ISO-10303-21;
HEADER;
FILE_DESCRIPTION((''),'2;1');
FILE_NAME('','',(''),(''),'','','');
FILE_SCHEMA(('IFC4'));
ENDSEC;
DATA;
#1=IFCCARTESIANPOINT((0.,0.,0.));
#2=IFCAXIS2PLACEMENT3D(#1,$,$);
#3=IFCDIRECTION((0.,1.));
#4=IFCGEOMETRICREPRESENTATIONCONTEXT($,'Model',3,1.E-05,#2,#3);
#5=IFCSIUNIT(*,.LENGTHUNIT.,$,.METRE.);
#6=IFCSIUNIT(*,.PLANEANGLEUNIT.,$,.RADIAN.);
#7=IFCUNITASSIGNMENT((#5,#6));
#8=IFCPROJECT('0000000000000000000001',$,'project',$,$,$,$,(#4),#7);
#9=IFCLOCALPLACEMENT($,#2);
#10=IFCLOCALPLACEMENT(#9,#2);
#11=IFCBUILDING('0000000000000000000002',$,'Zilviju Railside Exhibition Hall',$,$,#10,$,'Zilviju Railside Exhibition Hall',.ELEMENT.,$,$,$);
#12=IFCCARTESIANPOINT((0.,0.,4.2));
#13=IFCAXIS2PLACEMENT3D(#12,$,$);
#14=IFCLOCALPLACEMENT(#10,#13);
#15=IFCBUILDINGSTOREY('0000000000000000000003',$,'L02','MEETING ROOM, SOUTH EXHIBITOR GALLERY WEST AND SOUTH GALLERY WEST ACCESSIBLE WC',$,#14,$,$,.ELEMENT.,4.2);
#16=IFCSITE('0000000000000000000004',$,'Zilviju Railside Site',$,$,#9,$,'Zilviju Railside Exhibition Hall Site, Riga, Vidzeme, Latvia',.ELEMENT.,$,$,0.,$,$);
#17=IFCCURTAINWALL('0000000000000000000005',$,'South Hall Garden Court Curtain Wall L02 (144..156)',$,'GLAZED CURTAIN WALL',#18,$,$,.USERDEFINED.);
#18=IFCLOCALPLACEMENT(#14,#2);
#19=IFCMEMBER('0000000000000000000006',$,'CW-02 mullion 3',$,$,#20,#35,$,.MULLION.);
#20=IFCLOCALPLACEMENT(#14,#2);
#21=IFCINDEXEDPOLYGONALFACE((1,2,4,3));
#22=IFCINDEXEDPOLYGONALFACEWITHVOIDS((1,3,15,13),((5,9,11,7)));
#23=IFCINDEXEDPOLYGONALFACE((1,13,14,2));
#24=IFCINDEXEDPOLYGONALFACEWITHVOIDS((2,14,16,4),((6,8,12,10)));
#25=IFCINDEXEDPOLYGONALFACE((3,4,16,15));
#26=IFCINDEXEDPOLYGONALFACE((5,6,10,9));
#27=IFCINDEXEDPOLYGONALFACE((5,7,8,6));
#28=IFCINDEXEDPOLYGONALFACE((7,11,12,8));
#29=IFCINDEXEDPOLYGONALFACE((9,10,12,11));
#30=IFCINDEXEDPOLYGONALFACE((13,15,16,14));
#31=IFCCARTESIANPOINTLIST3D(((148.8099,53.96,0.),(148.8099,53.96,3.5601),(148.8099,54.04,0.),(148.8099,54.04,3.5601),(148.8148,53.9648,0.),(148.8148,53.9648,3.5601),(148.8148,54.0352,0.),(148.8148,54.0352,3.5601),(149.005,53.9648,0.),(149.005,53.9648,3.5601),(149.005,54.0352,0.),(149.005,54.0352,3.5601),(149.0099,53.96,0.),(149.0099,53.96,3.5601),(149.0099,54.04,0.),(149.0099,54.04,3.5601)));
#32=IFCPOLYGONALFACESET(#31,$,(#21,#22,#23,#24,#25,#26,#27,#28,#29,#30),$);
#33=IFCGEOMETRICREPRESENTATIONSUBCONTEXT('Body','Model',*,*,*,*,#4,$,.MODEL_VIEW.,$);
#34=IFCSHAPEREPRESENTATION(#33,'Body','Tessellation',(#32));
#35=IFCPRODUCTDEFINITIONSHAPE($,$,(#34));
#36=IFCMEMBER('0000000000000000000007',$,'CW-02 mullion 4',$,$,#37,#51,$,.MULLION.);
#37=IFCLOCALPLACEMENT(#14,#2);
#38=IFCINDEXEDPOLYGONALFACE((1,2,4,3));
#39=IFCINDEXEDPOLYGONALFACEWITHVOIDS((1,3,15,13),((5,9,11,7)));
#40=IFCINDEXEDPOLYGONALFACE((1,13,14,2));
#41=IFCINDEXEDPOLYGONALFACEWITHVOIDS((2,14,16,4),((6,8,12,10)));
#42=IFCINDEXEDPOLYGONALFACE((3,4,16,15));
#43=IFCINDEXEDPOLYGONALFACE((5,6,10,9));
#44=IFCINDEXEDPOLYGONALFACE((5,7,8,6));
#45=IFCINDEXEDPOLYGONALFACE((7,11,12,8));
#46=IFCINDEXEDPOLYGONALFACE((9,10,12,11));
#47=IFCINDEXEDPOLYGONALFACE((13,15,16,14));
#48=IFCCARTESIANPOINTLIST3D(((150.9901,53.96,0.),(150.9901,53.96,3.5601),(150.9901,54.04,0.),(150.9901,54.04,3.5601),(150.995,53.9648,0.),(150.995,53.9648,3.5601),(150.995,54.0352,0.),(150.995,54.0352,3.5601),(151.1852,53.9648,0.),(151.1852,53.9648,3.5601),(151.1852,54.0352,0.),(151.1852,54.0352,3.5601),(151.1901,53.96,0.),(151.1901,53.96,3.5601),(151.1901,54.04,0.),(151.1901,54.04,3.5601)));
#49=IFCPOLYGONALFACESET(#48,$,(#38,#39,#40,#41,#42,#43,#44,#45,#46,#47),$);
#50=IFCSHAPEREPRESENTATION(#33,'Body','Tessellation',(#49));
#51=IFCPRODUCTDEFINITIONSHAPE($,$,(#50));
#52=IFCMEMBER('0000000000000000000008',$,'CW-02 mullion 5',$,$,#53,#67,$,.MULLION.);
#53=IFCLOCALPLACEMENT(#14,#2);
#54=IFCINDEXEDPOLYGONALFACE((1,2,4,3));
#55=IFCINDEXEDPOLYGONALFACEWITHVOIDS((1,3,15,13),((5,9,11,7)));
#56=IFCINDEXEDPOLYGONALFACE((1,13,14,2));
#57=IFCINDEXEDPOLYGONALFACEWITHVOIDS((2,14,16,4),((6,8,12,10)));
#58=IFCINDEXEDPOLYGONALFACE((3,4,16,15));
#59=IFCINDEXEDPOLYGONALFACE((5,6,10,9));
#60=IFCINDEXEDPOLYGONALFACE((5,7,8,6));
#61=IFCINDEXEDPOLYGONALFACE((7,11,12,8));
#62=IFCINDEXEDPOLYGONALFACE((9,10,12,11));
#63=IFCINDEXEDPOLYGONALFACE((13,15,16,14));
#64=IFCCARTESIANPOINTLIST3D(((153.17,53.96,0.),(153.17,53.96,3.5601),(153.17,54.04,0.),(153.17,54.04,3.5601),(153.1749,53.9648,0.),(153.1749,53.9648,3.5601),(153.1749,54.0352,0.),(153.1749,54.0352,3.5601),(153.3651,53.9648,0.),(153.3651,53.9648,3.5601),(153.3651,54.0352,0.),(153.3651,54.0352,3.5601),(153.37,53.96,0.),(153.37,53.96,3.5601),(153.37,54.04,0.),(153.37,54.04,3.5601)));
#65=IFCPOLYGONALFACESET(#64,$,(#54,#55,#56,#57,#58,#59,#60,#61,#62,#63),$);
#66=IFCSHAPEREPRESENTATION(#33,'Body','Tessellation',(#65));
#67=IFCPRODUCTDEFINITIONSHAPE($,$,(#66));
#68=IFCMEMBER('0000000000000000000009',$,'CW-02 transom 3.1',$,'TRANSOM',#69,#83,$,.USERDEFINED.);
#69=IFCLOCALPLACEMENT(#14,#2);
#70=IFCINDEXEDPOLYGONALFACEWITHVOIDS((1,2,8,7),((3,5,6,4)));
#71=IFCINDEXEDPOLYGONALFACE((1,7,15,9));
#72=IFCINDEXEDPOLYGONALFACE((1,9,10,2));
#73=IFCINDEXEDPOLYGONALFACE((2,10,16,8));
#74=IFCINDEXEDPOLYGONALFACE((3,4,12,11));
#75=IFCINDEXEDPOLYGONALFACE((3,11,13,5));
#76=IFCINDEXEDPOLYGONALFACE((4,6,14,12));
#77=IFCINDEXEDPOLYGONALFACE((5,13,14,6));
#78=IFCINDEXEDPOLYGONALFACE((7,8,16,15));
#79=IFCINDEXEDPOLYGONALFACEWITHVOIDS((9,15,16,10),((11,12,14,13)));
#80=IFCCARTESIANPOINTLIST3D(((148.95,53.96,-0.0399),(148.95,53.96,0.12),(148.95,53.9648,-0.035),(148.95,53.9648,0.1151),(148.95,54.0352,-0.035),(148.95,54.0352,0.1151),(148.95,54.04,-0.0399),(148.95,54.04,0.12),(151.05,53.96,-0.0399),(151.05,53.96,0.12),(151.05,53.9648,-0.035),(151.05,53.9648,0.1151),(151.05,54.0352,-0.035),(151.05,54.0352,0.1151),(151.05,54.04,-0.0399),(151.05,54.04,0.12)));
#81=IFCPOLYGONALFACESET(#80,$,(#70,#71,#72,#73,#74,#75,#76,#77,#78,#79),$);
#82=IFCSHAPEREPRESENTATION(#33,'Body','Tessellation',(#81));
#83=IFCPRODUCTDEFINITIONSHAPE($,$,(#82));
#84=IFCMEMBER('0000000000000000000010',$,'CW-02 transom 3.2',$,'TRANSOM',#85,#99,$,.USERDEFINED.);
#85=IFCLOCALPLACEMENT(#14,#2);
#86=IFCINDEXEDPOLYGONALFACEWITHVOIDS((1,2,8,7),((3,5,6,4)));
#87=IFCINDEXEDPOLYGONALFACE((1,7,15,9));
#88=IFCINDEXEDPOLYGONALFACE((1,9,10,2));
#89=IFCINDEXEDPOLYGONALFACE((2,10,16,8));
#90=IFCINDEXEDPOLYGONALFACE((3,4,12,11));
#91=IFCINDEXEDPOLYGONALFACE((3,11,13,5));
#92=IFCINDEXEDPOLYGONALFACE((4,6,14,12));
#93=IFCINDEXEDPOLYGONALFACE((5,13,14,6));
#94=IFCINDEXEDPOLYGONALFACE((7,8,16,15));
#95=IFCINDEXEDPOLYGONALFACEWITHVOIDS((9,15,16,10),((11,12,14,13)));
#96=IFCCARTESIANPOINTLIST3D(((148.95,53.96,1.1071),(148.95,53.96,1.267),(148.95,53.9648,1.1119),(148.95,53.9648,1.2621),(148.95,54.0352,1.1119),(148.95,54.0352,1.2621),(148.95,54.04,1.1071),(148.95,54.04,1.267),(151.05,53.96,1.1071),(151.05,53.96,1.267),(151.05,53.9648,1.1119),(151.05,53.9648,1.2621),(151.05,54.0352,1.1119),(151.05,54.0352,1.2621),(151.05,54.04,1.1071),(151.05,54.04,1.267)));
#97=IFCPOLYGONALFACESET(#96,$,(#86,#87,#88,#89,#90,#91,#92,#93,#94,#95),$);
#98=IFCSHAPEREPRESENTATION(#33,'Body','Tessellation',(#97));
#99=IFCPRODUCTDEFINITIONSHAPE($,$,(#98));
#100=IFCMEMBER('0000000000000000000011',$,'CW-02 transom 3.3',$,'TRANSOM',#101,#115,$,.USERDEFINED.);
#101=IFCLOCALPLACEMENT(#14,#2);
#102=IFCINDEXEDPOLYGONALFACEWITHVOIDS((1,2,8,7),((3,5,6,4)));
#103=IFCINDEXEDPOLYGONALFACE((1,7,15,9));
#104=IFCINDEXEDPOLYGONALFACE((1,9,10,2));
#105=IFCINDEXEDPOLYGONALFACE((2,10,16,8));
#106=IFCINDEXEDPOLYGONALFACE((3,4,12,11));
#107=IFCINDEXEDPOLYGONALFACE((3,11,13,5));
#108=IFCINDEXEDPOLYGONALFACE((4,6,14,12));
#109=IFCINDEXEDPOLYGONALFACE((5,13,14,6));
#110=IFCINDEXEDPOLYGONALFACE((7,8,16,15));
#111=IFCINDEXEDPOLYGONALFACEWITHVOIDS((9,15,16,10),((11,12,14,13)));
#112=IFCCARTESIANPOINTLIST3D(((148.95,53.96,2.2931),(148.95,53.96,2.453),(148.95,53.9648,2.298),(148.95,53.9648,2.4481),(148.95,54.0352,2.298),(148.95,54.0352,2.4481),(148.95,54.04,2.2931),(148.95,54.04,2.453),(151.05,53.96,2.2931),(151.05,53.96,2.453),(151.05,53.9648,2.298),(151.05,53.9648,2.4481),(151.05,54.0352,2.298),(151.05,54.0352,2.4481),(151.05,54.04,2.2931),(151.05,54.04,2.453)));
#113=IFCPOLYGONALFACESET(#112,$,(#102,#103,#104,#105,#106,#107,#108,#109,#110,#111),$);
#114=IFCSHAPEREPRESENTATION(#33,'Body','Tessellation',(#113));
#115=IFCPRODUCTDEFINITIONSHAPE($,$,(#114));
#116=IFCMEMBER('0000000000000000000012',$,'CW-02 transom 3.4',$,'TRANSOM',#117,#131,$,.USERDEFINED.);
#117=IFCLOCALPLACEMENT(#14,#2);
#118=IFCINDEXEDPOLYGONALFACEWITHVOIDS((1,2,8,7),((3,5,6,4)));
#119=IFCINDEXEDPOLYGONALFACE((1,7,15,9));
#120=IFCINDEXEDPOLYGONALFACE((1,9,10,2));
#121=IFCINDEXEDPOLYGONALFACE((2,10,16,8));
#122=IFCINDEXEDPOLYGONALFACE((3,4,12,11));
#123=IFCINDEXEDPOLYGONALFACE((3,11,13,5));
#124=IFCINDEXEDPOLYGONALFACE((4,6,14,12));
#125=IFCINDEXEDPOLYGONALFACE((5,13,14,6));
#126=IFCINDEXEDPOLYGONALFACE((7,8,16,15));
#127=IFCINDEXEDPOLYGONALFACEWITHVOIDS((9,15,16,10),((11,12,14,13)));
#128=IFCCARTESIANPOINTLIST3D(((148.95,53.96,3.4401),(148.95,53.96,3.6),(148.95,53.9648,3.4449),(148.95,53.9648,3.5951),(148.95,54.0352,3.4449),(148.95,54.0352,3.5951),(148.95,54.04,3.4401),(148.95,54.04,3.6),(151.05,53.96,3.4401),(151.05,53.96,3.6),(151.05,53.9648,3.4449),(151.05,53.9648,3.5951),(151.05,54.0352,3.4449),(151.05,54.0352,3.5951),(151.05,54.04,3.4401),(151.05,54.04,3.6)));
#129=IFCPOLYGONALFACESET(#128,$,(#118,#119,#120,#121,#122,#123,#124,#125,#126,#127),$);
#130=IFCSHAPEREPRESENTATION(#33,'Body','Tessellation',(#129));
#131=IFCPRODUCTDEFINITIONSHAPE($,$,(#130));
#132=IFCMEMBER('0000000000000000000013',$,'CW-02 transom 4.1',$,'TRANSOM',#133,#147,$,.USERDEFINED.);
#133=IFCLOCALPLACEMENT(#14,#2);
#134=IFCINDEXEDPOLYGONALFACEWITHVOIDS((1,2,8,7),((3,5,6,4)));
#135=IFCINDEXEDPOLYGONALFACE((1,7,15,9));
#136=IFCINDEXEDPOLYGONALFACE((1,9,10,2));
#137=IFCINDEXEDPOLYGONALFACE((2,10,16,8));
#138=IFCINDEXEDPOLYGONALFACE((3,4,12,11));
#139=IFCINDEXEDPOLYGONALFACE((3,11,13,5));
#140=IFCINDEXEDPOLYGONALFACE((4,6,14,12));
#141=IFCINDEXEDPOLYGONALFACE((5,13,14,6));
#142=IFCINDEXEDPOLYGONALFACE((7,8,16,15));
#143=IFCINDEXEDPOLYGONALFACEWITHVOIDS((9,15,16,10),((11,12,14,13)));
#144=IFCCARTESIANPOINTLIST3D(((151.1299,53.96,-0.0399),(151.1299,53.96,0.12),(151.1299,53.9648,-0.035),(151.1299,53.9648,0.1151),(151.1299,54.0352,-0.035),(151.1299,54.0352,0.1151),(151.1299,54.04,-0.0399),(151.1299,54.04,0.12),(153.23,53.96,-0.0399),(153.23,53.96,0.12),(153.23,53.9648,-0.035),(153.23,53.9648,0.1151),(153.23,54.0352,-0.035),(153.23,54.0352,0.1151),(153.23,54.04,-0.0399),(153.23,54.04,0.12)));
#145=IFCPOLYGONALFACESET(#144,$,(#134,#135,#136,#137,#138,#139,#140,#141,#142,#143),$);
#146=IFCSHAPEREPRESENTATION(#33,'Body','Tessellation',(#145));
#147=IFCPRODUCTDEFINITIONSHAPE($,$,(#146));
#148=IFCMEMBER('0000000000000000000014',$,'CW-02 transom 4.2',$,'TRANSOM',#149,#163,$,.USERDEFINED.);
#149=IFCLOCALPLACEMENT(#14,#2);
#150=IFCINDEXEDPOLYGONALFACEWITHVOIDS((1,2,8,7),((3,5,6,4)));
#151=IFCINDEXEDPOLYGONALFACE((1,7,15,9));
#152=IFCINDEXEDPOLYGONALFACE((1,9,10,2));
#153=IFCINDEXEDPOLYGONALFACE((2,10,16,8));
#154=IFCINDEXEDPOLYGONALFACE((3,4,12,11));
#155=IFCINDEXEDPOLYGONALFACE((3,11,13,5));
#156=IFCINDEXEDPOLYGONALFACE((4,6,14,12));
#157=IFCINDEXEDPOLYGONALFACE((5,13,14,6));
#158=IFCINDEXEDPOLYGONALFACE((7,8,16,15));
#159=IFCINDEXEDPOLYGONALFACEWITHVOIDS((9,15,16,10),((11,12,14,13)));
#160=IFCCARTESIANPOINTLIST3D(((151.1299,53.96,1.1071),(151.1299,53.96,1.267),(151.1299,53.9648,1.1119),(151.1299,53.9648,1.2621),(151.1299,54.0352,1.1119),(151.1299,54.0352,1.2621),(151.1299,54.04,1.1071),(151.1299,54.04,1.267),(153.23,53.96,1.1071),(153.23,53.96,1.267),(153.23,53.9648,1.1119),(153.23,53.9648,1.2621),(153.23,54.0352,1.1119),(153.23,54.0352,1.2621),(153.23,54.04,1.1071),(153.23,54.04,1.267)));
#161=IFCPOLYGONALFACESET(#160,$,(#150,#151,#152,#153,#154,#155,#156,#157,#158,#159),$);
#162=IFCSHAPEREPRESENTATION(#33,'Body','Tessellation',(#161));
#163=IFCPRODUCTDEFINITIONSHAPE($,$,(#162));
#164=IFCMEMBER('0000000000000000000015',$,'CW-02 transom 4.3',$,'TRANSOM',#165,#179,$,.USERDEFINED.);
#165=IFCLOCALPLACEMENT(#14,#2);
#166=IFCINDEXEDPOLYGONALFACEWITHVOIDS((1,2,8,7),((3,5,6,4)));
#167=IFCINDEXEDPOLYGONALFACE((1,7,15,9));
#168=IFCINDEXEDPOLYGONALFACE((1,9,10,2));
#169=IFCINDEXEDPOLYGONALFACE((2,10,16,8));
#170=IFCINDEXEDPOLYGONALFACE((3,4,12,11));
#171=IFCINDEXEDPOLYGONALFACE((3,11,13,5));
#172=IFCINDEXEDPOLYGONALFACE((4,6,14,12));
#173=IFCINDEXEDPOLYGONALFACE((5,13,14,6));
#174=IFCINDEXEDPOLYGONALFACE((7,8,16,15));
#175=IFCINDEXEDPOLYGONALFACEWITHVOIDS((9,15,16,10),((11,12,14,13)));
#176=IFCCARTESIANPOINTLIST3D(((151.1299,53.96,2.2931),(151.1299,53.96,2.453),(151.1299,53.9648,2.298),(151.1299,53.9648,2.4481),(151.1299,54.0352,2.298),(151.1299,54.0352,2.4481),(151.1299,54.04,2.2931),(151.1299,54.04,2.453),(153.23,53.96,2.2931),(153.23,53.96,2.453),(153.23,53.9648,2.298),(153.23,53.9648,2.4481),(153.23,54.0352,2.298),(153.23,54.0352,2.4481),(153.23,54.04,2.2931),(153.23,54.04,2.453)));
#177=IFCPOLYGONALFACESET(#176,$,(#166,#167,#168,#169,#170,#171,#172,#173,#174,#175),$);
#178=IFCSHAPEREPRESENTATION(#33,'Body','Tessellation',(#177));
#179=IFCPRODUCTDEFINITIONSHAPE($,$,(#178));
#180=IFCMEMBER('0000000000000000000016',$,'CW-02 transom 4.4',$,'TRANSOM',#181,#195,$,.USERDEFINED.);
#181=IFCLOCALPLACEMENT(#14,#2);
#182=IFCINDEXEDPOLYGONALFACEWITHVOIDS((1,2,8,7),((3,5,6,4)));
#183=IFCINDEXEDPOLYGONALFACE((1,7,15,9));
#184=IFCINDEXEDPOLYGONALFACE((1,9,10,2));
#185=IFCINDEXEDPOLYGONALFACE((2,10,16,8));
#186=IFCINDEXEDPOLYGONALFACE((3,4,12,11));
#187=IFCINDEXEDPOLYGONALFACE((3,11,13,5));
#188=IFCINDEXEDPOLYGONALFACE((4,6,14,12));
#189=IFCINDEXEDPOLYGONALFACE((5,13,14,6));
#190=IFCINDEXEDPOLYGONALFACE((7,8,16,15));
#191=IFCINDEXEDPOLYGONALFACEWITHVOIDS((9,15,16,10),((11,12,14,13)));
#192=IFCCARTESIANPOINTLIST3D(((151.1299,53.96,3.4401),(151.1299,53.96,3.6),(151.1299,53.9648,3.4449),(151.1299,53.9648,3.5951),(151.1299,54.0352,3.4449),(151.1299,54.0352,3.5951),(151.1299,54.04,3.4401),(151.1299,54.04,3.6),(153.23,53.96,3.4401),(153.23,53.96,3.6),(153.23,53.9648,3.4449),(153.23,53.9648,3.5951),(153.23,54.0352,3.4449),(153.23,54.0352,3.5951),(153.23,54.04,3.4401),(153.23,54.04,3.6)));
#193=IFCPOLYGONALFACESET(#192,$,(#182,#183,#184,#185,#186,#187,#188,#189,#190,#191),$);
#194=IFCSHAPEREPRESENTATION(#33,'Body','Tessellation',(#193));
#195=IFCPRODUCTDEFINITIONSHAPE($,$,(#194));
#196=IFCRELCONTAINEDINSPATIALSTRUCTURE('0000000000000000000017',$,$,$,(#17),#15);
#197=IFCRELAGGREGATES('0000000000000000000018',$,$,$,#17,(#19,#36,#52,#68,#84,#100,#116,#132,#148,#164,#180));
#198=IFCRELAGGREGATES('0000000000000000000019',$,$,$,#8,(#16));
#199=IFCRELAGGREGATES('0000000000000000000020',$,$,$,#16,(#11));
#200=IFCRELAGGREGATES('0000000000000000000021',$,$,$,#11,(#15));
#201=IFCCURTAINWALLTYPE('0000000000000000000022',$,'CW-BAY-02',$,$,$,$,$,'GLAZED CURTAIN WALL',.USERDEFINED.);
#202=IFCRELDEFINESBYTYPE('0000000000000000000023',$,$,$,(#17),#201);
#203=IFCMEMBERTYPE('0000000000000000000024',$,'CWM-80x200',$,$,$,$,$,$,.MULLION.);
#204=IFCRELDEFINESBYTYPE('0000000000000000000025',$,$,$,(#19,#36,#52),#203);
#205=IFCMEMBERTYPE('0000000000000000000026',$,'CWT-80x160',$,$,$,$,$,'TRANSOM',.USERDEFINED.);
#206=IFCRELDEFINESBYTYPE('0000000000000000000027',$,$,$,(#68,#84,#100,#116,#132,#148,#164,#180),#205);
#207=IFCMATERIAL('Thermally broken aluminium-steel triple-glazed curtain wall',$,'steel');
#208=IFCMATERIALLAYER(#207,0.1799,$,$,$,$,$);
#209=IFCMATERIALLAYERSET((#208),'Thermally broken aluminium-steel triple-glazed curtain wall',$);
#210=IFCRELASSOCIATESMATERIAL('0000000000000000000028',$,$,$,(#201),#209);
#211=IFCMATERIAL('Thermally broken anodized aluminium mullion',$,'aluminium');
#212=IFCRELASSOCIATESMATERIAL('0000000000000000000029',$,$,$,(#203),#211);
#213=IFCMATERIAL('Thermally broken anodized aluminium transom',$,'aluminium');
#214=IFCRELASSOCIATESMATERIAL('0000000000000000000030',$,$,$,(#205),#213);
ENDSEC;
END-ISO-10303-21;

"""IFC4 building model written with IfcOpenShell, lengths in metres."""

from ifc_helpers import new_model, si_unit, direction, frame, origin, origin_2d, place, context, subcontext, project, spatial, hollow_rectangle, extrude, material, layer, layer_set, material_profile, profile_set, type_object, element, aggregate, save


model = new_model("IFC4")

# Units and contexts
model_context = context("Model", 3, precision=1e-05, world=origin(), true_north=direction((0.0, 1.0)))
body_context = subcontext(model_context, "Body", "Model", "MODEL_VIEW")
ifc_project = project(units=[si_unit("LENGTHUNIT", "METRE"), si_unit("PLANEANGLEUNIT", "RADIAN")], contexts=[model_context])

# Site, building, storey
site_placement = place(None, origin())
site = spatial("IfcSite", under=ifc_project, at=site_placement, Name="Zilviju Railside Site", LongName="Zilviju Railside Exhibition Hall Site, Riga, Vidzeme, Latvia", CompositionType="ELEMENT", RefElevation=0.0)
building_placement = place(site_placement, origin())
building = spatial("IfcBuilding", under=site, at=building_placement, Name="Zilviju Railside Exhibition Hall", LongName="Zilviju Railside Exhibition Hall", CompositionType="ELEMENT")
storey_placement = place(building_placement, frame((0.0, 0.0, 4.2)))
storey = spatial("IfcBuildingStorey", under=building, at=storey_placement, Name="L02", Description="MEETING ROOM, SOUTH EXHIBITOR GALLERY WEST AND SOUTH GALLERY WEST ACCESSIBLE WC", CompositionType="ELEMENT", Elevation=4.2)

# Curtain wall, members
ifc_material_1 = material(Name="Thermally broken aluminium-steel triple-glazed curtain wall", Category="steel")
ifc_layer_1 = layer(ifc_material_1, 0.1799)
ifc_layer_set_1 = layer_set([ifc_layer_1], Name="Thermally broken aluminium-steel triple-glazed curtain wall")
curtain_wall_type = type_object("IfcCurtainWallType", Name="CW-BAY-02", ElementType="GLAZED CURTAIN WALL", PredefinedType="USERDEFINED", material=ifc_layer_set_1)
curtain_wall_placement = place(storey_placement, origin())
curtain_wall = element("IfcCurtainWall", 1, at=curtain_wall_placement, inside=storey, type_object=curtain_wall_type, Name="South Hall Garden Court Curtain Wall L02 (144..156)", ObjectType="GLAZED CURTAIN WALL", PredefinedType="USERDEFINED")
ifc_material_2 = material(Name="Thermally broken anodized aluminium mullion", Category="aluminium")
ifc_material_profile_1 = material_profile(ifc_material_2, hollow_rectangle(XDim=0.0801, YDim=0.2, WallThickness=0.0049, at=origin_2d()), Name="MULLION 200x80x5")
ifc_profile_set_1 = profile_set([ifc_material_profile_1], Name="Thermally broken anodized aluminium mullion")
member_type_1 = type_object("IfcMemberType", Name="CWM-80x200", PredefinedType="MULLION", material=ifc_profile_set_1)
member_1_placement = place(storey_placement, frame((148.9099, 54.0, 0.0), z_axis=(0.0, 0.0, 1.0), x_axis=(0.0, 1.0, 0.0)))
member_1 = element("IfcMember", 2, at=member_1_placement, type_object=member_type_1, Name="CW-02 mullion 3", PredefinedType="MULLION", context=body_context, shape_type="SweptSolid", body=[
    extrude(hollow_rectangle(XDim=0.0801, YDim=0.2, WallThickness=0.0049, at=origin_2d()), origin(), (0.0, 0.0, 1.0), 3.5601),
])
member_2_placement = place(storey_placement, frame((151.0901, 54.0, 0.0), z_axis=(0.0, 0.0, 1.0), x_axis=(0.0, 1.0, 0.0)))
member_2 = element("IfcMember", 3, at=member_2_placement, type_object=member_type_1, Name="CW-02 mullion 4", PredefinedType="MULLION", context=body_context, shape_type="SweptSolid", body=[
    extrude(hollow_rectangle(XDim=0.0801, YDim=0.2, WallThickness=0.0049, at=origin_2d()), origin(), (0.0, 0.0, 1.0), 3.5601),
])
member_3_placement = place(storey_placement, frame((153.27, 54.0, 0.0), z_axis=(0.0, 0.0, 1.0), x_axis=(0.0, 1.0, 0.0)))
member_3 = element("IfcMember", 4, at=member_3_placement, type_object=member_type_1, Name="CW-02 mullion 5", PredefinedType="MULLION", context=body_context, shape_type="SweptSolid", body=[
    extrude(hollow_rectangle(XDim=0.0801, YDim=0.2, WallThickness=0.0049, at=origin_2d()), origin(), (0.0, 0.0, 1.0), 3.5601),
])
ifc_material_3 = material(Name="Thermally broken anodized aluminium transom", Category="aluminium")
ifc_material_profile_2 = material_profile(ifc_material_3, hollow_rectangle(XDim=0.0801, YDim=0.1599, WallThickness=0.0049, at=origin_2d()), Name="TRANSOM 160x80x5")
ifc_profile_set_2 = profile_set([ifc_material_profile_2], Name="Thermally broken anodized aluminium transom")
member_type_2 = type_object("IfcMemberType", Name="CWT-80x160", ElementType="TRANSOM", PredefinedType="USERDEFINED", material=ifc_profile_set_2)
member_4_placement = place(storey_placement, frame((148.95, 54.0, 0.04), z_axis=(1.0, 0.0, 0.0), x_axis=(0.0, 1.0, 0.0)))
member_4 = element("IfcMember", 5, at=member_4_placement, type_object=member_type_2, Name="CW-02 transom 3.1", ObjectType="TRANSOM", PredefinedType="USERDEFINED", context=body_context, shape_type="SweptSolid", body=[
    extrude(hollow_rectangle(XDim=0.0801, YDim=0.1599, WallThickness=0.0049, at=origin_2d()), origin(), (0.0, 0.0, 1.0), 2.1001),
])
member_5_placement = place(storey_placement, frame((148.95, 54.0, 1.187), z_axis=(1.0, 0.0, 0.0), x_axis=(0.0, 1.0, 0.0)))
member_5 = element("IfcMember", 6, at=member_5_placement, type_object=member_type_2, Name="CW-02 transom 3.2", ObjectType="TRANSOM", PredefinedType="USERDEFINED", context=body_context, shape_type="SweptSolid", body=[
    extrude(hollow_rectangle(XDim=0.0801, YDim=0.1599, WallThickness=0.0049, at=origin_2d()), origin(), (0.0, 0.0, 1.0), 2.1001),
])
member_6_placement = place(storey_placement, frame((148.95, 54.0, 2.373), z_axis=(1.0, 0.0, 0.0), x_axis=(0.0, 1.0, 0.0)))
member_6 = element("IfcMember", 7, at=member_6_placement, type_object=member_type_2, Name="CW-02 transom 3.3", ObjectType="TRANSOM", PredefinedType="USERDEFINED", context=body_context, shape_type="SweptSolid", body=[
    extrude(hollow_rectangle(XDim=0.0801, YDim=0.1599, WallThickness=0.0049, at=origin_2d()), origin(), (0.0, 0.0, 1.0), 2.1001),
])
member_7_placement = place(storey_placement, frame((148.95, 54.0, 3.52), z_axis=(1.0, 0.0, 0.0), x_axis=(0.0, 1.0, 0.0)))
member_7 = element("IfcMember", 8, at=member_7_placement, type_object=member_type_2, Name="CW-02 transom 3.4", ObjectType="TRANSOM", PredefinedType="USERDEFINED", context=body_context, shape_type="SweptSolid", body=[
    extrude(hollow_rectangle(XDim=0.0801, YDim=0.1599, WallThickness=0.0049, at=origin_2d()), origin(), (0.0, 0.0, 1.0), 2.1001),
])
member_8_placement = place(storey_placement, frame((151.1299, 54.0, 0.04), z_axis=(1.0, 0.0, 0.0), x_axis=(0.0, 1.0, 0.0)))
member_8 = element("IfcMember", 9, at=member_8_placement, type_object=member_type_2, Name="CW-02 transom 4.1", ObjectType="TRANSOM", PredefinedType="USERDEFINED", context=body_context, shape_type="SweptSolid", body=[
    extrude(hollow_rectangle(XDim=0.0801, YDim=0.1599, WallThickness=0.0049, at=origin_2d()), origin(), (0.0, 0.0, 1.0), 2.1001),
])
member_9_placement = place(storey_placement, frame((151.1299, 54.0, 1.187), z_axis=(1.0, 0.0, 0.0), x_axis=(0.0, 1.0, 0.0)))
member_9 = element("IfcMember", 10, at=member_9_placement, type_object=member_type_2, Name="CW-02 transom 4.2", ObjectType="TRANSOM", PredefinedType="USERDEFINED", context=body_context, shape_type="SweptSolid", body=[
    extrude(hollow_rectangle(XDim=0.0801, YDim=0.1599, WallThickness=0.0049, at=origin_2d()), origin(), (0.0, 0.0, 1.0), 2.1001),
])
member_10_placement = place(storey_placement, frame((151.1299, 54.0, 2.373), z_axis=(1.0, 0.0, 0.0), x_axis=(0.0, 1.0, 0.0)))
member_10 = element("IfcMember", 11, at=member_10_placement, type_object=member_type_2, Name="CW-02 transom 4.3", ObjectType="TRANSOM", PredefinedType="USERDEFINED", context=body_context, shape_type="SweptSolid", body=[
    extrude(hollow_rectangle(XDim=0.0801, YDim=0.1599, WallThickness=0.0049, at=origin_2d()), origin(), (0.0, 0.0, 1.0), 2.1001),
])
member_11_placement = place(storey_placement, frame((151.1299, 54.0, 3.52), z_axis=(1.0, 0.0, 0.0), x_axis=(0.0, 1.0, 0.0)))
member_11 = element("IfcMember", 12, at=member_11_placement, type_object=member_type_2, Name="CW-02 transom 4.4", ObjectType="TRANSOM", PredefinedType="USERDEFINED", context=body_context, shape_type="SweptSolid", body=[
    extrude(hollow_rectangle(XDim=0.0801, YDim=0.1599, WallThickness=0.0049, at=origin_2d()), origin(), (0.0, 0.0, 1.0), 2.1001),
])
aggregate(curtain_wall, [member_1, member_2, member_3, member_4, member_5, member_6, member_7, member_8, member_9, member_10, member_11])

save(model, "model.ifc")
